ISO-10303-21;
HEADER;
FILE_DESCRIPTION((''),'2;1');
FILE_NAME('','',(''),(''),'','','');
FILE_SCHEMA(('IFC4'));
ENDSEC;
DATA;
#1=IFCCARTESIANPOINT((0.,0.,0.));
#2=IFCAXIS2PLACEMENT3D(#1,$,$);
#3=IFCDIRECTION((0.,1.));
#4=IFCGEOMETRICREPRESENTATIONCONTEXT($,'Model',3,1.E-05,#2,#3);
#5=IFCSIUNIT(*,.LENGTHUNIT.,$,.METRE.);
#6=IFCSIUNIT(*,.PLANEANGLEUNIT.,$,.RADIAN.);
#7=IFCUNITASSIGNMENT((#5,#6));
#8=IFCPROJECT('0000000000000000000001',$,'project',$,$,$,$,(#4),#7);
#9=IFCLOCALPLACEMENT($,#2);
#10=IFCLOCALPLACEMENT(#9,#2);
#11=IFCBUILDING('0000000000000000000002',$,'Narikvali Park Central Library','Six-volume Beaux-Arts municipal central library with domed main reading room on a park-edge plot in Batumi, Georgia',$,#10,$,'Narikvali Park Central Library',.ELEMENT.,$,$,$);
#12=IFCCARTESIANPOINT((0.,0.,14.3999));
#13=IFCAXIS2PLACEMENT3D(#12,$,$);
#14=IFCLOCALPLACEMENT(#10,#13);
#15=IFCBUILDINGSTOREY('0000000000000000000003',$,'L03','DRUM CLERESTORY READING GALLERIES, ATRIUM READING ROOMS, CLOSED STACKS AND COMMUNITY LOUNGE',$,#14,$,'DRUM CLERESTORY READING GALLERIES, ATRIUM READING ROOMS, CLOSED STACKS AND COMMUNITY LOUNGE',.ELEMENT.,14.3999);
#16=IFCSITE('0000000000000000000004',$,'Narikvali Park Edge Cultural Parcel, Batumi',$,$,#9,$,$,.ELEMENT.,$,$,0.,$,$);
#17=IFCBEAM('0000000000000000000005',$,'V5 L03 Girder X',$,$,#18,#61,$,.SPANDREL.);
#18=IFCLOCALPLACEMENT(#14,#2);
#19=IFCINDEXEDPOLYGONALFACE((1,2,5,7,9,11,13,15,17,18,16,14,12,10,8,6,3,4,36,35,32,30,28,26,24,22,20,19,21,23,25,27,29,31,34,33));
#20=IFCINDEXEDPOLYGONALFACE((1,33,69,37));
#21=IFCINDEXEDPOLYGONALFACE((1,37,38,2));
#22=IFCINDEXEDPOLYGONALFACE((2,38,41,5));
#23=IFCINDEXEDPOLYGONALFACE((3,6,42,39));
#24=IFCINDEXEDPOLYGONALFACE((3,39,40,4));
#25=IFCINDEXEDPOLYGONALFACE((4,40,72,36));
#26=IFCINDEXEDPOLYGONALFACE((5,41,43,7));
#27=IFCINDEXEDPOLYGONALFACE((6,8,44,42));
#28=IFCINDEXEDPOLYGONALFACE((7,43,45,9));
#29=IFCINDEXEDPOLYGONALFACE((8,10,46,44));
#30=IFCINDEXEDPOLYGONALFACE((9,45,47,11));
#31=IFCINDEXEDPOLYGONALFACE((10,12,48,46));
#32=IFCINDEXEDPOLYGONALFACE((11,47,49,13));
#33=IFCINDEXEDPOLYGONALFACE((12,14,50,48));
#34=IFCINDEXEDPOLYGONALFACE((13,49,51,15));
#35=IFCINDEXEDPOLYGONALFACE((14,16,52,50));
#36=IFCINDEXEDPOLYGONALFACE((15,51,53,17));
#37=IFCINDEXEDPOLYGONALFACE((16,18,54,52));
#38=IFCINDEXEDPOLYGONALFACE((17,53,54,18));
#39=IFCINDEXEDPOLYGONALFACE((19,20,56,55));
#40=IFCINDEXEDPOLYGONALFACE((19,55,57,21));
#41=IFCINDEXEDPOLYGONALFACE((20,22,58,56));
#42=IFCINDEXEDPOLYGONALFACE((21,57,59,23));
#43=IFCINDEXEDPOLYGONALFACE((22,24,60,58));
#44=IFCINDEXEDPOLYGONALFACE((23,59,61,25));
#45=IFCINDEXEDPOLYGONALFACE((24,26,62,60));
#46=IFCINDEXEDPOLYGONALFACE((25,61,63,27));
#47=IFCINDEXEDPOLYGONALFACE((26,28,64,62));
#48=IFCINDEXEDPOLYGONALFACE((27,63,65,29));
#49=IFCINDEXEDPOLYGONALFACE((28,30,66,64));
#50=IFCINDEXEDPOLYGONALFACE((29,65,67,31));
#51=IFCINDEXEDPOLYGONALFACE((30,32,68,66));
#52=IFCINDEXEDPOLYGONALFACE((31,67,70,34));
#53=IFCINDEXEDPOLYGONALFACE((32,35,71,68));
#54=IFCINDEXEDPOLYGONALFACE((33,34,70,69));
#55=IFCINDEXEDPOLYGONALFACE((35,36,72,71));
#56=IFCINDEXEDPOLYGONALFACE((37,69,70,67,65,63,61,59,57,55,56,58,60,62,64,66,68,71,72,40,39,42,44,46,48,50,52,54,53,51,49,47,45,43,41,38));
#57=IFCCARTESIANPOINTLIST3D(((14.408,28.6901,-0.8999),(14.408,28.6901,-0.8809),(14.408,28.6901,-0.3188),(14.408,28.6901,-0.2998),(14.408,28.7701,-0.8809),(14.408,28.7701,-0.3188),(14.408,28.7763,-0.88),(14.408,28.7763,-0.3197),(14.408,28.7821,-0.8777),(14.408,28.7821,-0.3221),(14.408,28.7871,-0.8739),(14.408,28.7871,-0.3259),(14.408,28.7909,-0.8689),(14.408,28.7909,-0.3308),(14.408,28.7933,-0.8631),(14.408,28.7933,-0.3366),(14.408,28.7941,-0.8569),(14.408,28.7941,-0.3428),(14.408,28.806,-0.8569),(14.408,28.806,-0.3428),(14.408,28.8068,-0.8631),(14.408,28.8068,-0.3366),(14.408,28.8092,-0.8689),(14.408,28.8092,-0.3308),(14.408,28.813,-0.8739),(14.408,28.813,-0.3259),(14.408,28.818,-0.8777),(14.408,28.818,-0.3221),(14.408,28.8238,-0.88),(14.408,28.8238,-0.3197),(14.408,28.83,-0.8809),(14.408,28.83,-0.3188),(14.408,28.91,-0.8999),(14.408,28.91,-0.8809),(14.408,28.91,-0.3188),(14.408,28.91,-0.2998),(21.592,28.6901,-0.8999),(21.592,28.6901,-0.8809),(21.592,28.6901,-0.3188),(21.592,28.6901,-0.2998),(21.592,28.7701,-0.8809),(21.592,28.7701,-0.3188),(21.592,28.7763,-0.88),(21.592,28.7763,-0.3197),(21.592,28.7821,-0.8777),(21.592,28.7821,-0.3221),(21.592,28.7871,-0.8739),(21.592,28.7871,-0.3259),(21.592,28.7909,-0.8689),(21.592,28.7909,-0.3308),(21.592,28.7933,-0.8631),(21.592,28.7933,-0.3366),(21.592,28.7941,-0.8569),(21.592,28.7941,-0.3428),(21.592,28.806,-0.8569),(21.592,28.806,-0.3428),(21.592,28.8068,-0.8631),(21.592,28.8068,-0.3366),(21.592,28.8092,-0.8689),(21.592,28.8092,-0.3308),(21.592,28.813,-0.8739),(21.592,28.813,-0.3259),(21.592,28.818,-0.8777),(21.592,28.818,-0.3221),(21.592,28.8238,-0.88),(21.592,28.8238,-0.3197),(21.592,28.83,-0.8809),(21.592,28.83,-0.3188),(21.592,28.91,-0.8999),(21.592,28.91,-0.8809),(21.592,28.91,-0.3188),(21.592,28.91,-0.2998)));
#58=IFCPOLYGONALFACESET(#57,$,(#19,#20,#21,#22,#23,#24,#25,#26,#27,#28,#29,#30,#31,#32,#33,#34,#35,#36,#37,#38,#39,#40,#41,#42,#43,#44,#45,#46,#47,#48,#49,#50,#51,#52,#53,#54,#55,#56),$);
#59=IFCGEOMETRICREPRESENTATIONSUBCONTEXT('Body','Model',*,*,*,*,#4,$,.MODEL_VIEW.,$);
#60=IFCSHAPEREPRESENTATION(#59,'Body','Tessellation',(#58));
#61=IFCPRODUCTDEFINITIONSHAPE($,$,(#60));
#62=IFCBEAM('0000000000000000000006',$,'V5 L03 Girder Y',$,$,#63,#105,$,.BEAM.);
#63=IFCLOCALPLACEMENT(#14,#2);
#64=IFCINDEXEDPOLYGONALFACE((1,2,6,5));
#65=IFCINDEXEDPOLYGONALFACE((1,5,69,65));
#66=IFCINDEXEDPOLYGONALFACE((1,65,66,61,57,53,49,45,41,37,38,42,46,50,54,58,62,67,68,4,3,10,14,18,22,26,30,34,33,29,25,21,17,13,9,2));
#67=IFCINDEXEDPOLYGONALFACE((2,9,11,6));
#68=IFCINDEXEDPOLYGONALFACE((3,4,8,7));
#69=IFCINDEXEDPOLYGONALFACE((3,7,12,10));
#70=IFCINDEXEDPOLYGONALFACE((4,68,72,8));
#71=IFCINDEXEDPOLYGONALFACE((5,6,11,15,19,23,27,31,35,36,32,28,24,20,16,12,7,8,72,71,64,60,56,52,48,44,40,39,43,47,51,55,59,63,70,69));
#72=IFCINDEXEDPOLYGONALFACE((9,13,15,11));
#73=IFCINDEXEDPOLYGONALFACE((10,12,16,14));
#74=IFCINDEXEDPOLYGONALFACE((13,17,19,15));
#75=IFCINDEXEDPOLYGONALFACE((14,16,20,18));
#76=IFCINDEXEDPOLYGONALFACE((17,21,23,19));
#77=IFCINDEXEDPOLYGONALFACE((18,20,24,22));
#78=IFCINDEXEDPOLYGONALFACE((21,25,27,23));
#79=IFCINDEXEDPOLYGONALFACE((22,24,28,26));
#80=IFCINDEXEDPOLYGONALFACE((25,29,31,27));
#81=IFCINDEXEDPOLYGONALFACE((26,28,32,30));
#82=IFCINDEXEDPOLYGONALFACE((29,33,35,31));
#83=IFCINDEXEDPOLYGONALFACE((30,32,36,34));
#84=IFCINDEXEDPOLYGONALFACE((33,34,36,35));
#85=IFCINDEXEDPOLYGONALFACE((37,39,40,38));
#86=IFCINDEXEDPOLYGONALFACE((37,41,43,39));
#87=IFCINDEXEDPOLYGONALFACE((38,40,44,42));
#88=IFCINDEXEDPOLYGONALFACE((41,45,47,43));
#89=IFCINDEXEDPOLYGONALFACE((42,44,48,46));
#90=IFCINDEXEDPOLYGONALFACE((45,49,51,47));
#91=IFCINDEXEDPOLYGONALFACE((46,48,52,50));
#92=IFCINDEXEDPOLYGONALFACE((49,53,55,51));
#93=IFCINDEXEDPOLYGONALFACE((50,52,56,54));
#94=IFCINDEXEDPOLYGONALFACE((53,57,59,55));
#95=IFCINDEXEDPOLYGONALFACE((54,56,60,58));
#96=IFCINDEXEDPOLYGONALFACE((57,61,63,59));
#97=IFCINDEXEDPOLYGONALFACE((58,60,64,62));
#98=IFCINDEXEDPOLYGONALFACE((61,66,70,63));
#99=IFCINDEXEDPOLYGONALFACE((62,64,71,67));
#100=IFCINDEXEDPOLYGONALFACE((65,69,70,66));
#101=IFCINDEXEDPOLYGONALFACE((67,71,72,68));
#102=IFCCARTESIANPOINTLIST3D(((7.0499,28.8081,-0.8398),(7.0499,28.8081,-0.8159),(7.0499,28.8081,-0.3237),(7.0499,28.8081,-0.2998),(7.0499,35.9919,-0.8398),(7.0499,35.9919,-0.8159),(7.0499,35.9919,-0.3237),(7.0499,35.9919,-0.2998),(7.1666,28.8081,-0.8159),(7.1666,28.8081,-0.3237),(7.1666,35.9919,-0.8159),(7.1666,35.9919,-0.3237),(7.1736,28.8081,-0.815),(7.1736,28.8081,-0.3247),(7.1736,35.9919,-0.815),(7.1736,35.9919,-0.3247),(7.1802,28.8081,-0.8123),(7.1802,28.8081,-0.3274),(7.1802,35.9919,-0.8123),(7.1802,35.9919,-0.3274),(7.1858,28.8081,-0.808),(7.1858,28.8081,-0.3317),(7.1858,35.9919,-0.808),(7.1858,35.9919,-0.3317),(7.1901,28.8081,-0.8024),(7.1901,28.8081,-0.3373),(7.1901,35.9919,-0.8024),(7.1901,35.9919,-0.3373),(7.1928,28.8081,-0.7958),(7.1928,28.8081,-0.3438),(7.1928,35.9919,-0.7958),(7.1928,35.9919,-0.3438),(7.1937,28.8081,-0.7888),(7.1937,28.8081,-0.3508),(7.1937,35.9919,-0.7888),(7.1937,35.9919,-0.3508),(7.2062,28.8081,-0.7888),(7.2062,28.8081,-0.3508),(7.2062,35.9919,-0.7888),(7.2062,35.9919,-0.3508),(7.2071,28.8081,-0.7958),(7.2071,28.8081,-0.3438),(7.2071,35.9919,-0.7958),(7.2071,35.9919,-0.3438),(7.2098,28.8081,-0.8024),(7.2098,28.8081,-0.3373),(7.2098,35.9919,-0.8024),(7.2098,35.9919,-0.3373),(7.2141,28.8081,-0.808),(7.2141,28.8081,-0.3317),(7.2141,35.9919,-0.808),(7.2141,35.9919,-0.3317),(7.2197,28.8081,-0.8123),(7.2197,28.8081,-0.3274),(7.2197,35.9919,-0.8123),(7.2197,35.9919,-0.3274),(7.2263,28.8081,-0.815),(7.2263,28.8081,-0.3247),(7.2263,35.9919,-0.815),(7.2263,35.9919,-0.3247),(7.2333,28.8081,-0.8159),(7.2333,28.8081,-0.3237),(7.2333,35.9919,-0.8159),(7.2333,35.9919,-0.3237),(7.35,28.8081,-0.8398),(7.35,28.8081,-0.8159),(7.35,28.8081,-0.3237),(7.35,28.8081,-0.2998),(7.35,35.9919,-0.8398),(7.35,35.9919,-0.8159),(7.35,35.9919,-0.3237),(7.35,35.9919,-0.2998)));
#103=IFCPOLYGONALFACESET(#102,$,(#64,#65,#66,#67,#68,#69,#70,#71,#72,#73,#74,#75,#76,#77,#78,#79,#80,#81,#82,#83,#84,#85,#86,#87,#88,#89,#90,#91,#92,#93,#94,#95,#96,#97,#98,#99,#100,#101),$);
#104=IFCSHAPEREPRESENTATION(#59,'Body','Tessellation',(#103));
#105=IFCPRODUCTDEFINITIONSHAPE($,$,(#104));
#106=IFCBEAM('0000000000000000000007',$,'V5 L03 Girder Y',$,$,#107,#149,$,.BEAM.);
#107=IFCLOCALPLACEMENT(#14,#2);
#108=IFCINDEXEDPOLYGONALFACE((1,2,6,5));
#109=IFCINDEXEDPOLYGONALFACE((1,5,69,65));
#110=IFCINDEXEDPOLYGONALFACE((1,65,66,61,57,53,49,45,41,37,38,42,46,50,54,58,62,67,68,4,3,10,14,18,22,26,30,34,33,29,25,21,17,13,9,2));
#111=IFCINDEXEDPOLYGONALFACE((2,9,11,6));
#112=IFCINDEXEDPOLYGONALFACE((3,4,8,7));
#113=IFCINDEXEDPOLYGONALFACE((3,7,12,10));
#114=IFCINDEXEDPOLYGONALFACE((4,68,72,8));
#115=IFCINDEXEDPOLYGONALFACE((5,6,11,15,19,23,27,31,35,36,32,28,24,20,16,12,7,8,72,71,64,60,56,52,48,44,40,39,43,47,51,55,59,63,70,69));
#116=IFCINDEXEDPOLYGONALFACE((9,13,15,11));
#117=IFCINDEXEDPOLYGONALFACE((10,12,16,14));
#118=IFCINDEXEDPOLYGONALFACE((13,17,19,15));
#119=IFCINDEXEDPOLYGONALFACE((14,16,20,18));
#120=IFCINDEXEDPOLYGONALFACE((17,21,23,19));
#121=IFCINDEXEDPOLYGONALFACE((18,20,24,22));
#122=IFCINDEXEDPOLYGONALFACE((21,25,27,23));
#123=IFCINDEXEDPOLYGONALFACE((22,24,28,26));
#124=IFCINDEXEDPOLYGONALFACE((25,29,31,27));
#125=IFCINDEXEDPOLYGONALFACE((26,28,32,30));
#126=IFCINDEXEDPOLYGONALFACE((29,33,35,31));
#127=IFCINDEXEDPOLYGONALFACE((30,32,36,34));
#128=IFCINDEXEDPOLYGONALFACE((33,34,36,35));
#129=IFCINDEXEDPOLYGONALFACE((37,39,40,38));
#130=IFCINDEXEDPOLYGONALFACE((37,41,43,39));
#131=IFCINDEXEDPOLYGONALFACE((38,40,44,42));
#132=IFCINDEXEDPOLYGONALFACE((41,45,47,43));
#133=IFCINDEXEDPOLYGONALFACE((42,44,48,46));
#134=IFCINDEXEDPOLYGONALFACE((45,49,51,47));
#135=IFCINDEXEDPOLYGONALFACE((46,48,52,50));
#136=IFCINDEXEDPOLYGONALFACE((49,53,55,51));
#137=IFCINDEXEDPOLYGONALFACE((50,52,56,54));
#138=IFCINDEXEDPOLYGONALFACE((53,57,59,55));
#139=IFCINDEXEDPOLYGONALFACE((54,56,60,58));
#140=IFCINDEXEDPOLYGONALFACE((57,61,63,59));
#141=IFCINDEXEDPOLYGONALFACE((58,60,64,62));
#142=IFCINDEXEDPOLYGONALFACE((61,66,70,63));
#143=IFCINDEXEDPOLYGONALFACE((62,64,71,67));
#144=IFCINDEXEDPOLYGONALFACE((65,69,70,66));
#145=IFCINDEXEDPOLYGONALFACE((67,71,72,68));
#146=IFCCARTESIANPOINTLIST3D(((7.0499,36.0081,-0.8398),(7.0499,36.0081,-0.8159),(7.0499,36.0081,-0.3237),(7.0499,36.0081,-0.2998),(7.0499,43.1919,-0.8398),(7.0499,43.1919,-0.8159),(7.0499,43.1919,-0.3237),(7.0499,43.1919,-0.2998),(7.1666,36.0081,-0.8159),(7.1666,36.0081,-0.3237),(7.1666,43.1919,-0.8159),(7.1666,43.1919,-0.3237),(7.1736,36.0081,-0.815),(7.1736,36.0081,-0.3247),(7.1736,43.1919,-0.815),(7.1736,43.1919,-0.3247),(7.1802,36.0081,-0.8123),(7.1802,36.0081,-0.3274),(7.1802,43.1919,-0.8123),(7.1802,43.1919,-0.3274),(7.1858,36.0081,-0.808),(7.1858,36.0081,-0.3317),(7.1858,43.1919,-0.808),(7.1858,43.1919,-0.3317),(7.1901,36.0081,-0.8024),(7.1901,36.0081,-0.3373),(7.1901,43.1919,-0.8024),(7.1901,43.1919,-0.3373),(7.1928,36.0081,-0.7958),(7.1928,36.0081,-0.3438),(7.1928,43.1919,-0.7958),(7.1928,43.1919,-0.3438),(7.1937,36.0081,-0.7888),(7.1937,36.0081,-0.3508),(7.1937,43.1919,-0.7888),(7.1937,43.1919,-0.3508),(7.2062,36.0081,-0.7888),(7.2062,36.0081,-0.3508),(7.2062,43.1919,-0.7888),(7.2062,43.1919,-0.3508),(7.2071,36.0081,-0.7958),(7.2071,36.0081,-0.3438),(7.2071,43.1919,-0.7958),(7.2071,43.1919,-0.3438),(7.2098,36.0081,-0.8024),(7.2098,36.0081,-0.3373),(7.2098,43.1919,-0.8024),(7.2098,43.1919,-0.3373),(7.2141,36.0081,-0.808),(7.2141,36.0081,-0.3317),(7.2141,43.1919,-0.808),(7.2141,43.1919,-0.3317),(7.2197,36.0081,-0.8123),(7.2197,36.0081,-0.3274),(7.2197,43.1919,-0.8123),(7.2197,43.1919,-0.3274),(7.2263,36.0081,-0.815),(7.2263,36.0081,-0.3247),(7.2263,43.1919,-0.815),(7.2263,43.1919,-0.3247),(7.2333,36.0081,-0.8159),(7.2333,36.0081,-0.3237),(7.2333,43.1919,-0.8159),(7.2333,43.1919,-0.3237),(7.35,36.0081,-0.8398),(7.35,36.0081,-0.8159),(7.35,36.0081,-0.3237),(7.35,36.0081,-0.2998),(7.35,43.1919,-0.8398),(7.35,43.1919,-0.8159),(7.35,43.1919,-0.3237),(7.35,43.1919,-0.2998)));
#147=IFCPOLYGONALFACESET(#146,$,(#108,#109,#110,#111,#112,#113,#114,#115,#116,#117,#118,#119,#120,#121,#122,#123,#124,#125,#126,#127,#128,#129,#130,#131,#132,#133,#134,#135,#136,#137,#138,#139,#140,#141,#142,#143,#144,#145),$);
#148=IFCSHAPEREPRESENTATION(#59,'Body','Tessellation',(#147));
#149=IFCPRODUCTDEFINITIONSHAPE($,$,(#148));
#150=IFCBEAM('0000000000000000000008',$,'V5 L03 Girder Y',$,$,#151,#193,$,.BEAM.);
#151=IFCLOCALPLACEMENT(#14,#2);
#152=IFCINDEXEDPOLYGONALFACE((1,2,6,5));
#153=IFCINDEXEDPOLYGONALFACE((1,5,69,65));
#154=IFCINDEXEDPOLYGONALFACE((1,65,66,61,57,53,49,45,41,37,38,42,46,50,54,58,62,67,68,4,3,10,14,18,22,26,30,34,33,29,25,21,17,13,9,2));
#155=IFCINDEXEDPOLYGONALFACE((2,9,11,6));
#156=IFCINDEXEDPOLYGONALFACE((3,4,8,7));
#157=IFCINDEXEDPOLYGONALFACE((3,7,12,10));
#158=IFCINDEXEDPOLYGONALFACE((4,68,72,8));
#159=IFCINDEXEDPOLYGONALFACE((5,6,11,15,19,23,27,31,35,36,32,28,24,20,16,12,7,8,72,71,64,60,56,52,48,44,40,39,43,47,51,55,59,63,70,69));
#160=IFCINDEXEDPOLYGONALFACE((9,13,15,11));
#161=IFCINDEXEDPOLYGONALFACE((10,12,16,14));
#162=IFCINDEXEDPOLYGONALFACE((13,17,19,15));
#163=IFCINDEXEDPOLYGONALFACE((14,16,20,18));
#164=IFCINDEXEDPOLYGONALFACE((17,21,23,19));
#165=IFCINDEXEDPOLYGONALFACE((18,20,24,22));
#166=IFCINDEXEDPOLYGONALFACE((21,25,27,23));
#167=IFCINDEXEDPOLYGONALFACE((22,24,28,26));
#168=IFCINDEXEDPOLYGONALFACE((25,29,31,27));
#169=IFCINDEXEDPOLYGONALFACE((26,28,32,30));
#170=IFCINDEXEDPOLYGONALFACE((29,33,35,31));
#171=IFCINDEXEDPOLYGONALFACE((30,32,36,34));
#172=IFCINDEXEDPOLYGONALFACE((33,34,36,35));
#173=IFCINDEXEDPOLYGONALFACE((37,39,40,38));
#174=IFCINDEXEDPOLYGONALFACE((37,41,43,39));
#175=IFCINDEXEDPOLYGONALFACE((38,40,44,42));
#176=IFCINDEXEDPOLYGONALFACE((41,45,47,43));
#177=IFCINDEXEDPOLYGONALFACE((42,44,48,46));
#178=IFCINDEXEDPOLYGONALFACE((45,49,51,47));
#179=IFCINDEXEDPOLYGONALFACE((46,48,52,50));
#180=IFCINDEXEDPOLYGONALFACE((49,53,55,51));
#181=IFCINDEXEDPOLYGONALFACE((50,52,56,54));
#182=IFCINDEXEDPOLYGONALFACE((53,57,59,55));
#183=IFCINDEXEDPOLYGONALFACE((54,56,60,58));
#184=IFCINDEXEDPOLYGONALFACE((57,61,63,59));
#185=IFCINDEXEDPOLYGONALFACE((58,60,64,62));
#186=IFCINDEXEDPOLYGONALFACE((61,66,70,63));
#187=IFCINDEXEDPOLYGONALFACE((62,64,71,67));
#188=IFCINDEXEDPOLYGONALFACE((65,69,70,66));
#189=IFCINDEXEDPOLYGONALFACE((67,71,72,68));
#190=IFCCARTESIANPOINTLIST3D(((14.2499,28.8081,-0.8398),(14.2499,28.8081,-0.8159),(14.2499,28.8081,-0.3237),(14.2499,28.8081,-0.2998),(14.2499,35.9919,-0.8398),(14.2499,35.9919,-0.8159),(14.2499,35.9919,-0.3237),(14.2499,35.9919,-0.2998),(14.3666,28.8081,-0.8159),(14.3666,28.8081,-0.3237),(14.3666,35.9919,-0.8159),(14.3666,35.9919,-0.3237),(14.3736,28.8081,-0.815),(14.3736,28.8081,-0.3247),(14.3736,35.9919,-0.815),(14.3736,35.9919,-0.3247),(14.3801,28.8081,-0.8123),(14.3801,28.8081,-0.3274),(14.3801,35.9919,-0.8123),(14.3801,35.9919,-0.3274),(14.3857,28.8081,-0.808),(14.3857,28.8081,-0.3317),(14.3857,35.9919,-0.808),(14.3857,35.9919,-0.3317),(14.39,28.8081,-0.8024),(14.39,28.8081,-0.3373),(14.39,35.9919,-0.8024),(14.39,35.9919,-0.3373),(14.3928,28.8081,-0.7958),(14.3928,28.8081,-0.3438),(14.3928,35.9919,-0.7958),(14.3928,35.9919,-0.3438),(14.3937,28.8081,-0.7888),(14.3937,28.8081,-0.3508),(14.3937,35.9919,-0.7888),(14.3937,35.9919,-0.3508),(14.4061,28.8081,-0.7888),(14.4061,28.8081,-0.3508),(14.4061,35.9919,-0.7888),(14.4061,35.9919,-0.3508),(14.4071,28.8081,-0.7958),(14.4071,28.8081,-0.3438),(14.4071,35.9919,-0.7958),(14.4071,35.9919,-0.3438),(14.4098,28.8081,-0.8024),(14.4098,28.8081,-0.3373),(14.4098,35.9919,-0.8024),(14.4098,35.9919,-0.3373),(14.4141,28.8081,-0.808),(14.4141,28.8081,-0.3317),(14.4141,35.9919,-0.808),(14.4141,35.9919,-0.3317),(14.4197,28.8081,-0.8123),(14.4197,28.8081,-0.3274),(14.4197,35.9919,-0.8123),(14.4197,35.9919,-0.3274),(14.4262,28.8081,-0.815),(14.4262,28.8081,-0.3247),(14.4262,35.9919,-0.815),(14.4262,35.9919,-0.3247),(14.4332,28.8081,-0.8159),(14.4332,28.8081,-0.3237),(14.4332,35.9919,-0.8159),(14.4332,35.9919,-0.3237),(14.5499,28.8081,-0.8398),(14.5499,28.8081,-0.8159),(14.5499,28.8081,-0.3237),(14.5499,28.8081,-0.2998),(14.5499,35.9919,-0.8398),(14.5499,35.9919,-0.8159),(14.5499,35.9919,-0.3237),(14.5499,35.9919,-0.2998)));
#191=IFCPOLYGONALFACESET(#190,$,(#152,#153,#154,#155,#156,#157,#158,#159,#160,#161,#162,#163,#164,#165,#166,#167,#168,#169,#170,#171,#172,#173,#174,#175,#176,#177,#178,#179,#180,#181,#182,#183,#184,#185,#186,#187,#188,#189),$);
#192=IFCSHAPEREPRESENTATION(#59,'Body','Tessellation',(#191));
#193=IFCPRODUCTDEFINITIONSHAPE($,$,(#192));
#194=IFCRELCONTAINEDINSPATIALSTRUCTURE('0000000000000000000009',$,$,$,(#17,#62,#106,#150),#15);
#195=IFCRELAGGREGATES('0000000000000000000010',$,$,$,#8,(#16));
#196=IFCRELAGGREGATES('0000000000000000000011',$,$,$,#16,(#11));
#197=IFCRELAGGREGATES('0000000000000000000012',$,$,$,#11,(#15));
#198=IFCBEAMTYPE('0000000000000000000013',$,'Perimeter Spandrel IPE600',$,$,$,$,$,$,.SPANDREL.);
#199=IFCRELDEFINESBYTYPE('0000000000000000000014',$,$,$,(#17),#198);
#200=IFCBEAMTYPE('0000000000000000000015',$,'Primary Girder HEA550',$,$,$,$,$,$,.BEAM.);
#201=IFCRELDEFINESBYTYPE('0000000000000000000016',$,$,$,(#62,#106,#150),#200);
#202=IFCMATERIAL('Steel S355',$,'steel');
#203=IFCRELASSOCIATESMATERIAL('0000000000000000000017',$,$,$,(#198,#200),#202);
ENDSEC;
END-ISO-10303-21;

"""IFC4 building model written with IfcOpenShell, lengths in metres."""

from ifc_helpers import new_model, si_unit, direction, frame, origin, origin_2d, place, context, subcontext, project, spatial, i_section, extrude, material, material_profile, profile_set, type_object, element, save


model = new_model("IFC4")

# Units and contexts
model_context = context("Model", 3, precision=1e-05, world=origin(), true_north=direction((0.0, 1.0)))
body_context = subcontext(model_context, "Body", "Model", "MODEL_VIEW")
ifc_project = project(units=[si_unit("LENGTHUNIT", "METRE"), si_unit("PLANEANGLEUNIT", "RADIAN")], contexts=[model_context])

# Site, building, storey
site_placement = place(None, origin())
site = spatial("IfcSite", under=ifc_project, at=site_placement, Name="Narikvali Park Edge Cultural Parcel, Batumi", CompositionType="ELEMENT", RefElevation=0.0)
building_placement = place(site_placement, origin())
building = spatial("IfcBuilding", under=site, at=building_placement, Name="Narikvali Park Central Library", Description="Six-volume Beaux-Arts municipal central library with domed main reading room on a park-edge plot in Batumi, Georgia", LongName="Narikvali Park Central Library", CompositionType="ELEMENT")
storey_placement = place(building_placement, frame((0.0, 0.0, 14.3999)))
storey = spatial("IfcBuildingStorey", under=building, at=storey_placement, Name="L03", Description="DRUM CLERESTORY READING GALLERIES, ATRIUM READING ROOMS, CLOSED STACKS AND COMMUNITY LOUNGE", LongName="DRUM CLERESTORY READING GALLERIES, ATRIUM READING ROOMS, CLOSED STACKS AND COMMUNITY LOUNGE", CompositionType="ELEMENT", Elevation=14.3999)

# Shared definitions
ifc_material_1 = material(Name="Steel S355", Category="steel")

# Beams
ifc_material_profile_1 = material_profile(ifc_material_1, i_section(OverallWidth=0.22, OverallDepth=0.6001, WebThickness=0.012, FlangeThickness=0.019, FilletRadius=0.0239, at=origin_2d()), Name="IPE 600")
ifc_profile_set_1 = profile_set([ifc_material_profile_1], Name="Steel S355")
beam_type_1 = type_object("IfcBeamType", Name="Perimeter Spandrel IPE600", PredefinedType="SPANDREL", material=ifc_profile_set_1)
for number, where, z_axis, x_axis, name in (
    (1, (14.408, 28.8, -0.5999), (1.0, 0.0, 0.0), (0.0, 1.0, 0.0), "V5 L03 Girder X"),
):
    element("IfcBeam", number, at=place(storey_placement, frame(where, z_axis=z_axis, x_axis=x_axis)), inside=storey, type_object=beam_type_1, Name=name, PredefinedType="SPANDREL", context=body_context, shape_type="SweptSolid", body=[
        extrude(i_section(OverallWidth=0.22, OverallDepth=0.6001, WebThickness=0.012, FlangeThickness=0.019, FilletRadius=0.0239, at=origin_2d()), origin(), (0.0, 0.0, 1.0), 7.1841),
    ])
ifc_material_profile_2 = material_profile(ifc_material_1, i_section(OverallWidth=0.3, OverallDepth=0.54, WebThickness=0.0125, FlangeThickness=0.0239, FilletRadius=0.0271, at=origin_2d()), Name="HEA 550")
ifc_profile_set_2 = profile_set([ifc_material_profile_2], Name="Steel S355")
beam_type_2 = type_object("IfcBeamType", Name="Primary Girder HEA550", PredefinedType="BEAM", material=ifc_profile_set_2)
for number, where, z_axis, x_axis, name in (
    (2, (7.2, 28.8081, -0.5698), (0.0, 1.0, 0.0), (-1.0, 0.0, 0.0), "V5 L03 Girder Y"),
    (3, (7.2, 36.0081, -0.5698), (0.0, 1.0, 0.0), (-1.0, 0.0, 0.0), "V5 L03 Girder Y"),
    (4, (14.3999, 28.8081, -0.5698), (0.0, 1.0, 0.0), (-1.0, 0.0, 0.0), "V5 L03 Girder Y"),
):
    element("IfcBeam", number, at=place(storey_placement, frame(where, z_axis=z_axis, x_axis=x_axis)), inside=storey, type_object=beam_type_2, Name=name, PredefinedType="BEAM", context=body_context, shape_type="SweptSolid", body=[
        extrude(i_section(OverallWidth=0.3, OverallDepth=0.54, WebThickness=0.0125, FlangeThickness=0.0239, FilletRadius=0.0271, at=origin_2d()), origin(), (0.0, 0.0, 1.0), 7.1838),
    ])

save(model, "model.ifc")
